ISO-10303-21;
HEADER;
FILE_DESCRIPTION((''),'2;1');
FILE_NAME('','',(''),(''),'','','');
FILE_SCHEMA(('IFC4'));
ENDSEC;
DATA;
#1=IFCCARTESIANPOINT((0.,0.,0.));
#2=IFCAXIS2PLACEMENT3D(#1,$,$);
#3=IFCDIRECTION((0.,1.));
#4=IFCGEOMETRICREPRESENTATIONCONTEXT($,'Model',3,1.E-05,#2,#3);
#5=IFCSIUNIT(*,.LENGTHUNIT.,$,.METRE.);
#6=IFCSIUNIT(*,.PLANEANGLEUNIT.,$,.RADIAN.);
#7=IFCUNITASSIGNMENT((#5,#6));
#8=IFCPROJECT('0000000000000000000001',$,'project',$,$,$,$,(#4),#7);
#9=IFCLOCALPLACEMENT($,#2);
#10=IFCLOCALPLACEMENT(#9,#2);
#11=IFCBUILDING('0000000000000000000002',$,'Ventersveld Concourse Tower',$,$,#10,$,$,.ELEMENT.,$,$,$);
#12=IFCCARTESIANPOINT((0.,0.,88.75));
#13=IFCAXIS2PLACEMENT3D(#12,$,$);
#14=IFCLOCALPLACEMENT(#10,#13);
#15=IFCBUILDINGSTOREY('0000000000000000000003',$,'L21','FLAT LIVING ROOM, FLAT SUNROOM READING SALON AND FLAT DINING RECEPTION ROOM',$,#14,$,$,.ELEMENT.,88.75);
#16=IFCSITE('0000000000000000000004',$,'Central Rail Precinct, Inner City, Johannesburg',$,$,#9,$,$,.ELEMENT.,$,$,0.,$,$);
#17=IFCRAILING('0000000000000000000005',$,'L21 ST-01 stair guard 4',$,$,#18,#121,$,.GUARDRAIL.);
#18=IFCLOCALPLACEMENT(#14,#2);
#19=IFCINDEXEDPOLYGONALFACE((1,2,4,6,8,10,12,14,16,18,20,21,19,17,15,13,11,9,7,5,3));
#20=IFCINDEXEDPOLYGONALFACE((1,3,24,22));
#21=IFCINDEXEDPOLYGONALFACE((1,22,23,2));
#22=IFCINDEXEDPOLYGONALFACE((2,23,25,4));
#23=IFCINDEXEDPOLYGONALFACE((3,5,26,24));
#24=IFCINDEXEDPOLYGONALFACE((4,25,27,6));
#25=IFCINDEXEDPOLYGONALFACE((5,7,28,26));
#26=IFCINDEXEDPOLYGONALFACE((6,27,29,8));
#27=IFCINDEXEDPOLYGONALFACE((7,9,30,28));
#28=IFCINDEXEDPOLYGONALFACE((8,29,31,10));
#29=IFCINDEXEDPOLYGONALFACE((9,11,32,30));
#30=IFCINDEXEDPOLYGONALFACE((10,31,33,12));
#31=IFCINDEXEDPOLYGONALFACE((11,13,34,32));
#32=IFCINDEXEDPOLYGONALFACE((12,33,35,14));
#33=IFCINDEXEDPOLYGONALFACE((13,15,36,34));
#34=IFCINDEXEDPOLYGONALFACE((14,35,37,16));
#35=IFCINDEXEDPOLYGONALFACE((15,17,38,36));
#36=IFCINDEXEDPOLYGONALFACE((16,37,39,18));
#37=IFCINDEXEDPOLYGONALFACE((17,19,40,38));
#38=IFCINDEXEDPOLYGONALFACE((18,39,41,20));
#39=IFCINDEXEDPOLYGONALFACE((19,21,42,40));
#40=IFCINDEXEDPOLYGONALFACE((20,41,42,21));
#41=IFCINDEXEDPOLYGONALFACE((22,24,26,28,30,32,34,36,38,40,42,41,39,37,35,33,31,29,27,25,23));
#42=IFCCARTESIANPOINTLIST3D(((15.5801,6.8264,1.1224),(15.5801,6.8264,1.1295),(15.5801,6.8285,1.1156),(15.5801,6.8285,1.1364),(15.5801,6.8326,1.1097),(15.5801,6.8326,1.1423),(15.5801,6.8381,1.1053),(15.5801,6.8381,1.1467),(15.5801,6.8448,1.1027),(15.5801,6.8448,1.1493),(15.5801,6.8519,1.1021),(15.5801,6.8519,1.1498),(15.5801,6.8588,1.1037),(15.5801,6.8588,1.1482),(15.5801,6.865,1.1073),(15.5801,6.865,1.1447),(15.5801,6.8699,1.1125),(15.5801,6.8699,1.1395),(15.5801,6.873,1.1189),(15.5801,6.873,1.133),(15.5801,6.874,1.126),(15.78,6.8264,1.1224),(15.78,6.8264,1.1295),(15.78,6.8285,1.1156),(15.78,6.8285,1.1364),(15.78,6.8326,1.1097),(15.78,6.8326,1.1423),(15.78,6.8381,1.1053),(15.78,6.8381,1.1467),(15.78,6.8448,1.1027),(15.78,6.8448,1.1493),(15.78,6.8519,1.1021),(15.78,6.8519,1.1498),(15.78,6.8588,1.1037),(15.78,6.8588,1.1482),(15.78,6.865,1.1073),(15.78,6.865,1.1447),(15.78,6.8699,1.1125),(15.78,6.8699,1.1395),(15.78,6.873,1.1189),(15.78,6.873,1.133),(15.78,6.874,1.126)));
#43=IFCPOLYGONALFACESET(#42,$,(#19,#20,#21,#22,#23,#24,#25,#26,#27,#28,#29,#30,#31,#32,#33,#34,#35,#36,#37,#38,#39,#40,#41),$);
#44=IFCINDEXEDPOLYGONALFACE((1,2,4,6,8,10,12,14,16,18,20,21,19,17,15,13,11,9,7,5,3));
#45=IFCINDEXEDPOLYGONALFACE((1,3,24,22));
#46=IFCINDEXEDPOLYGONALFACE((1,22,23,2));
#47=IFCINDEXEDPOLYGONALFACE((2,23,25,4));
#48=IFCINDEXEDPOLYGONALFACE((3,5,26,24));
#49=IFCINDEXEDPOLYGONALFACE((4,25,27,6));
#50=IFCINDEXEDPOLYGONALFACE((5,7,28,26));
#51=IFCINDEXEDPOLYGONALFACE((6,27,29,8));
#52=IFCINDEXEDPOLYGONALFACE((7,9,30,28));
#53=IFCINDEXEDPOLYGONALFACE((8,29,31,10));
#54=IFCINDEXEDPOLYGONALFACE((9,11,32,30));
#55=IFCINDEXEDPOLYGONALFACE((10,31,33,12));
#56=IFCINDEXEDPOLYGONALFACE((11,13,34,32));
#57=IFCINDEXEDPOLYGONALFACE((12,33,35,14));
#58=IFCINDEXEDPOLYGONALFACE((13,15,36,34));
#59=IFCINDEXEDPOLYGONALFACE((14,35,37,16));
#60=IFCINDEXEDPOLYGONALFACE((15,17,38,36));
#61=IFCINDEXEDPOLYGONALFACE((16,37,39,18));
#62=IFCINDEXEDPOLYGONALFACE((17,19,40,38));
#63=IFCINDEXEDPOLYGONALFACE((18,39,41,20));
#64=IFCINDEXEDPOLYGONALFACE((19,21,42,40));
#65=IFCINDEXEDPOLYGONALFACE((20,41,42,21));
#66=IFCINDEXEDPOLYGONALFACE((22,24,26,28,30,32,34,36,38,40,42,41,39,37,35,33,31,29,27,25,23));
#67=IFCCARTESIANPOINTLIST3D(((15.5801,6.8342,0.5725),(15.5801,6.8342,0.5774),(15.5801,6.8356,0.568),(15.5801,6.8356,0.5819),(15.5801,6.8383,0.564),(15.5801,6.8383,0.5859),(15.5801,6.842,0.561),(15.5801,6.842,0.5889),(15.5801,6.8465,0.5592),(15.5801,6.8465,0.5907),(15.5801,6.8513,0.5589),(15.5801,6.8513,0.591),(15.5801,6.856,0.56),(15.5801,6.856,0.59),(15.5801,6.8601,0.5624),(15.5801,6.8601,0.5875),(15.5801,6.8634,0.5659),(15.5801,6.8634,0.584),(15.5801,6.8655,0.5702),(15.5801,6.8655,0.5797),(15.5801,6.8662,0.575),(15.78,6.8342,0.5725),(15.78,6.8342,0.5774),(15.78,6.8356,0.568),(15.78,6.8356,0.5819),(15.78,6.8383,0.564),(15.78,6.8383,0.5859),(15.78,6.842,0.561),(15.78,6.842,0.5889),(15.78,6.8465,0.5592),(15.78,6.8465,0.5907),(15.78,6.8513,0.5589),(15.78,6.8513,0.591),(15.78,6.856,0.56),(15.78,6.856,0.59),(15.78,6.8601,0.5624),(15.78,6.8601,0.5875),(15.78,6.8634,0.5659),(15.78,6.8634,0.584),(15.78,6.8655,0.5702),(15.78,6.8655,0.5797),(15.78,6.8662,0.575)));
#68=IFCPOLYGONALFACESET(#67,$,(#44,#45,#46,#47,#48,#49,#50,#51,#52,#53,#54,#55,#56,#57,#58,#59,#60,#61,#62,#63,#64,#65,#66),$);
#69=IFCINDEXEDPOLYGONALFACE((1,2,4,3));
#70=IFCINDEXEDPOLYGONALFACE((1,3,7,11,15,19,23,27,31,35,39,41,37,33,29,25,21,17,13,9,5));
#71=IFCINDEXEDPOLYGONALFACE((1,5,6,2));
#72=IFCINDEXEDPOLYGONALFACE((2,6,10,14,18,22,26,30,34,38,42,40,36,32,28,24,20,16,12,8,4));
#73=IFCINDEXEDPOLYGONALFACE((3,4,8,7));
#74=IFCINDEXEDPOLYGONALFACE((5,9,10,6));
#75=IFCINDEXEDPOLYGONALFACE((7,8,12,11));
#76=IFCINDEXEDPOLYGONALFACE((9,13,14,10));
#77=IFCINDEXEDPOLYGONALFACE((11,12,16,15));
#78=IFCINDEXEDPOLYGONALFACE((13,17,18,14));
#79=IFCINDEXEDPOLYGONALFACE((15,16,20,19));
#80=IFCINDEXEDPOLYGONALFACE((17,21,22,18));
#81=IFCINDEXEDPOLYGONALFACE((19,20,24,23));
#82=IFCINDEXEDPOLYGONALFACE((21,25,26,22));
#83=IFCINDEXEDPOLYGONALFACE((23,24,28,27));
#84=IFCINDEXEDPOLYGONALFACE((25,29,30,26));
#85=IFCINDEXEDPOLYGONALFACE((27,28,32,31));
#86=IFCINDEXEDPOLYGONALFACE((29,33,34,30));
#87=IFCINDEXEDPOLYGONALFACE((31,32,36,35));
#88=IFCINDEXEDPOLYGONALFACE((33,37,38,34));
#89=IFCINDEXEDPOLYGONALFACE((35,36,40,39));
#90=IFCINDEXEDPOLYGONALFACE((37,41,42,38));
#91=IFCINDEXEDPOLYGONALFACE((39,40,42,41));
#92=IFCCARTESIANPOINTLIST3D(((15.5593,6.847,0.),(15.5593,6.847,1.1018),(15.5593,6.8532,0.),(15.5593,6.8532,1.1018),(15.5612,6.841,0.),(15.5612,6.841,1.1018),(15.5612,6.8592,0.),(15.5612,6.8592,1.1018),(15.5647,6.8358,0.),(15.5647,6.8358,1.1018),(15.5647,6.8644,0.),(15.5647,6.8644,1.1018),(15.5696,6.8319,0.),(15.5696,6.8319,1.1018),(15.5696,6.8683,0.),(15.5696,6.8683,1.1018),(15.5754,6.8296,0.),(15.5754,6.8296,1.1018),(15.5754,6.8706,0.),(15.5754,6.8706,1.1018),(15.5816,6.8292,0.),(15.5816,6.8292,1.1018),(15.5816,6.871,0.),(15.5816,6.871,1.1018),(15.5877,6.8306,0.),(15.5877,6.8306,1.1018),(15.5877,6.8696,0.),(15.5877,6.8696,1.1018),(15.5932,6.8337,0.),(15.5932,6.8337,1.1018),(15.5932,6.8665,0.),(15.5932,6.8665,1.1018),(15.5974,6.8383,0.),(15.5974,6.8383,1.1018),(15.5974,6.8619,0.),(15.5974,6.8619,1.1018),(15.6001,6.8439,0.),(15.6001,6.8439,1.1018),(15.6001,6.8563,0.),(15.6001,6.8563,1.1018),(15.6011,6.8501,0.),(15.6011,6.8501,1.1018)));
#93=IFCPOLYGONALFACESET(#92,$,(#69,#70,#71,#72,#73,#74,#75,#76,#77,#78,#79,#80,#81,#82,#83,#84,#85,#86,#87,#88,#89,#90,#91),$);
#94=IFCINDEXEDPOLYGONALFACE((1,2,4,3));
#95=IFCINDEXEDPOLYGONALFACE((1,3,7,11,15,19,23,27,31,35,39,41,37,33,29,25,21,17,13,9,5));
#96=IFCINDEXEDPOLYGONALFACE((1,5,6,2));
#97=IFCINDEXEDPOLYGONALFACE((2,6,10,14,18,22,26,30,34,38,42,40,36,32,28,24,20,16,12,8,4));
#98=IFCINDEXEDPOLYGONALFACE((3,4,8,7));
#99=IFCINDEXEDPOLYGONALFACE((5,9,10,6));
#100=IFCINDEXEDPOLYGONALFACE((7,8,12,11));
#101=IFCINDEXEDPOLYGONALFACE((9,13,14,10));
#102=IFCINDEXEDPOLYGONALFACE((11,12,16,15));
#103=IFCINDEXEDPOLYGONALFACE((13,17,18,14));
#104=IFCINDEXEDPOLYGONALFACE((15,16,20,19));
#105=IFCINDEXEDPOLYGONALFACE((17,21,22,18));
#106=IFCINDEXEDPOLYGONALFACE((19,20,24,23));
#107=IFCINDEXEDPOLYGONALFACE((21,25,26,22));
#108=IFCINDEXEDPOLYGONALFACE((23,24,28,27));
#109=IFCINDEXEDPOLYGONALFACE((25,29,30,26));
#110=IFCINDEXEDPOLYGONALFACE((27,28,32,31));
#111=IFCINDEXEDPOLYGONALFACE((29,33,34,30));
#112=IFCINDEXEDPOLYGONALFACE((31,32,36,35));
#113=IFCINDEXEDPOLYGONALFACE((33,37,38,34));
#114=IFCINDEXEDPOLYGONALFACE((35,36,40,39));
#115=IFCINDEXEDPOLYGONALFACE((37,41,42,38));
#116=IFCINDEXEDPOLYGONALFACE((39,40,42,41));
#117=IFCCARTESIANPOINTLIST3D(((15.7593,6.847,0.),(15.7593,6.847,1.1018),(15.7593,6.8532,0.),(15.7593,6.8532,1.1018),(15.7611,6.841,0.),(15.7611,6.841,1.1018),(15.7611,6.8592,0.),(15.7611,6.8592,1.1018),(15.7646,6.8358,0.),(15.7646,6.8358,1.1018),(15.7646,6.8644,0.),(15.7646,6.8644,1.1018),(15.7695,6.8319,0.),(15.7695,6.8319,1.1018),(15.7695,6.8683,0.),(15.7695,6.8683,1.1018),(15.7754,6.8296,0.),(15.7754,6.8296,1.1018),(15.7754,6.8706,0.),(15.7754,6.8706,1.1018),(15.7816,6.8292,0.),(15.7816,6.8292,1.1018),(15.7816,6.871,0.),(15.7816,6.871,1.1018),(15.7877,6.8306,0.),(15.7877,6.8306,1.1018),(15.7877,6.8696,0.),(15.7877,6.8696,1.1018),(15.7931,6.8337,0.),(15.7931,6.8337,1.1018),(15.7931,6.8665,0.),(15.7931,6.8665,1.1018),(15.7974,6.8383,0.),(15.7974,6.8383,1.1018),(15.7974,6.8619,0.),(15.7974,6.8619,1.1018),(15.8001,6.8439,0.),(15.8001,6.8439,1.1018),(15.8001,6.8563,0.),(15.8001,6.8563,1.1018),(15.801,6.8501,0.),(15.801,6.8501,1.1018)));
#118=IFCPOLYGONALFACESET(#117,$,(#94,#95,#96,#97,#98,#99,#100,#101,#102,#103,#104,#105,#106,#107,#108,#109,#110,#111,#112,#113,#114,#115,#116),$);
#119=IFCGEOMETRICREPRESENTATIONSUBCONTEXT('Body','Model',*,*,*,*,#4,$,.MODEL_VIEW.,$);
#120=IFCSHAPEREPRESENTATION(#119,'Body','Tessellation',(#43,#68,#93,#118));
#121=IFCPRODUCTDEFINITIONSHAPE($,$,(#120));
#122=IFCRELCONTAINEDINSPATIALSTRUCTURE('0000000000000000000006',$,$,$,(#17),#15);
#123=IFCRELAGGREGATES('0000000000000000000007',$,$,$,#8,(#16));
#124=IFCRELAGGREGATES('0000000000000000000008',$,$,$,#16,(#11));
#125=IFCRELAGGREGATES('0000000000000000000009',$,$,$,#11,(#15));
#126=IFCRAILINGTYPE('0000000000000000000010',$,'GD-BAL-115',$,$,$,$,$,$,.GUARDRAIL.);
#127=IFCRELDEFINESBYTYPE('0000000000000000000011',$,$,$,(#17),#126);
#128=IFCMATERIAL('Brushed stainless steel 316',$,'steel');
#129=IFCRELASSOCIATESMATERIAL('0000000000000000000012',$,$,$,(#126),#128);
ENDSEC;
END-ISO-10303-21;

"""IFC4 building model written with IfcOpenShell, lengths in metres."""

from ifc_helpers import new_model, si_unit, direction, frame, origin, origin_2d, place, context, subcontext, project, spatial, circle, extrude, material, type_object, element, save


model = new_model("IFC4")

# Units and contexts
model_context = context("Model", 3, precision=1e-05, world=origin(), true_north=direction((0.0, 1.0)))
body_context = subcontext(model_context, "Body", "Model", "MODEL_VIEW")
ifc_project = project(units=[si_unit("LENGTHUNIT", "METRE"), si_unit("PLANEANGLEUNIT", "RADIAN")], contexts=[model_context])

# Site, building, storey
site_placement = place(None, origin())
site = spatial("IfcSite", under=ifc_project, at=site_placement, Name="Central Rail Precinct, Inner City, Johannesburg", CompositionType="ELEMENT", RefElevation=0.0)
building_placement = place(site_placement, origin())
building = spatial("IfcBuilding", under=site, at=building_placement, Name="Ventersveld Concourse Tower", CompositionType="ELEMENT")
storey_placement = place(building_placement, frame((0.0, 0.0, 88.75)))
storey = spatial("IfcBuildingStorey", under=building, at=storey_placement, Name="L21", Description="FLAT LIVING ROOM, FLAT SUNROOM READING SALON AND FLAT DINING RECEPTION ROOM", CompositionType="ELEMENT", Elevation=88.75)

# Shared definitions
ifc_material_1 = material(Name="Brushed stainless steel 316", Category="steel")

# Railing
railing_type_1 = type_object("IfcRailingType", Name="GD-BAL-115", PredefinedType="GUARDRAIL", material=ifc_material_1)
railing_1_placement = place(storey_placement, frame((15.5801, 6.8501, 0.0)))
element("IfcRailing", 1, at=railing_1_placement, inside=storey, type_object=railing_type_1, Name="L21 ST-01 stair guard 4", PredefinedType="GUARDRAIL", context=body_context, shape_type="SweptSolid", body=[
    extrude(circle(Radius=0.0239, at=origin_2d()), frame((0.0, 0.0, 1.126), z_axis=(1.0, 0.0, 0.0), x_axis=(0.0, 1.0, 0.0)), (0.0, 0.0, 1.0), 0.2),
    extrude(circle(Radius=0.0161, at=origin_2d()), frame((0.0, 0.0, 0.575), z_axis=(1.0, 0.0, 0.0), x_axis=(0.0, 1.0, 0.0)), (0.0, 0.0, 1.0), 0.2),
    extrude(circle(Radius=0.021, at=origin_2d()), origin(), (0.0, 0.0, 1.0), 1.1018),
    extrude(circle(Radius=0.021, at=origin_2d()), frame((0.2, 0.0, 0.0)), (0.0, 0.0, 1.0), 1.1018),
])

save(model, "model.ifc")
